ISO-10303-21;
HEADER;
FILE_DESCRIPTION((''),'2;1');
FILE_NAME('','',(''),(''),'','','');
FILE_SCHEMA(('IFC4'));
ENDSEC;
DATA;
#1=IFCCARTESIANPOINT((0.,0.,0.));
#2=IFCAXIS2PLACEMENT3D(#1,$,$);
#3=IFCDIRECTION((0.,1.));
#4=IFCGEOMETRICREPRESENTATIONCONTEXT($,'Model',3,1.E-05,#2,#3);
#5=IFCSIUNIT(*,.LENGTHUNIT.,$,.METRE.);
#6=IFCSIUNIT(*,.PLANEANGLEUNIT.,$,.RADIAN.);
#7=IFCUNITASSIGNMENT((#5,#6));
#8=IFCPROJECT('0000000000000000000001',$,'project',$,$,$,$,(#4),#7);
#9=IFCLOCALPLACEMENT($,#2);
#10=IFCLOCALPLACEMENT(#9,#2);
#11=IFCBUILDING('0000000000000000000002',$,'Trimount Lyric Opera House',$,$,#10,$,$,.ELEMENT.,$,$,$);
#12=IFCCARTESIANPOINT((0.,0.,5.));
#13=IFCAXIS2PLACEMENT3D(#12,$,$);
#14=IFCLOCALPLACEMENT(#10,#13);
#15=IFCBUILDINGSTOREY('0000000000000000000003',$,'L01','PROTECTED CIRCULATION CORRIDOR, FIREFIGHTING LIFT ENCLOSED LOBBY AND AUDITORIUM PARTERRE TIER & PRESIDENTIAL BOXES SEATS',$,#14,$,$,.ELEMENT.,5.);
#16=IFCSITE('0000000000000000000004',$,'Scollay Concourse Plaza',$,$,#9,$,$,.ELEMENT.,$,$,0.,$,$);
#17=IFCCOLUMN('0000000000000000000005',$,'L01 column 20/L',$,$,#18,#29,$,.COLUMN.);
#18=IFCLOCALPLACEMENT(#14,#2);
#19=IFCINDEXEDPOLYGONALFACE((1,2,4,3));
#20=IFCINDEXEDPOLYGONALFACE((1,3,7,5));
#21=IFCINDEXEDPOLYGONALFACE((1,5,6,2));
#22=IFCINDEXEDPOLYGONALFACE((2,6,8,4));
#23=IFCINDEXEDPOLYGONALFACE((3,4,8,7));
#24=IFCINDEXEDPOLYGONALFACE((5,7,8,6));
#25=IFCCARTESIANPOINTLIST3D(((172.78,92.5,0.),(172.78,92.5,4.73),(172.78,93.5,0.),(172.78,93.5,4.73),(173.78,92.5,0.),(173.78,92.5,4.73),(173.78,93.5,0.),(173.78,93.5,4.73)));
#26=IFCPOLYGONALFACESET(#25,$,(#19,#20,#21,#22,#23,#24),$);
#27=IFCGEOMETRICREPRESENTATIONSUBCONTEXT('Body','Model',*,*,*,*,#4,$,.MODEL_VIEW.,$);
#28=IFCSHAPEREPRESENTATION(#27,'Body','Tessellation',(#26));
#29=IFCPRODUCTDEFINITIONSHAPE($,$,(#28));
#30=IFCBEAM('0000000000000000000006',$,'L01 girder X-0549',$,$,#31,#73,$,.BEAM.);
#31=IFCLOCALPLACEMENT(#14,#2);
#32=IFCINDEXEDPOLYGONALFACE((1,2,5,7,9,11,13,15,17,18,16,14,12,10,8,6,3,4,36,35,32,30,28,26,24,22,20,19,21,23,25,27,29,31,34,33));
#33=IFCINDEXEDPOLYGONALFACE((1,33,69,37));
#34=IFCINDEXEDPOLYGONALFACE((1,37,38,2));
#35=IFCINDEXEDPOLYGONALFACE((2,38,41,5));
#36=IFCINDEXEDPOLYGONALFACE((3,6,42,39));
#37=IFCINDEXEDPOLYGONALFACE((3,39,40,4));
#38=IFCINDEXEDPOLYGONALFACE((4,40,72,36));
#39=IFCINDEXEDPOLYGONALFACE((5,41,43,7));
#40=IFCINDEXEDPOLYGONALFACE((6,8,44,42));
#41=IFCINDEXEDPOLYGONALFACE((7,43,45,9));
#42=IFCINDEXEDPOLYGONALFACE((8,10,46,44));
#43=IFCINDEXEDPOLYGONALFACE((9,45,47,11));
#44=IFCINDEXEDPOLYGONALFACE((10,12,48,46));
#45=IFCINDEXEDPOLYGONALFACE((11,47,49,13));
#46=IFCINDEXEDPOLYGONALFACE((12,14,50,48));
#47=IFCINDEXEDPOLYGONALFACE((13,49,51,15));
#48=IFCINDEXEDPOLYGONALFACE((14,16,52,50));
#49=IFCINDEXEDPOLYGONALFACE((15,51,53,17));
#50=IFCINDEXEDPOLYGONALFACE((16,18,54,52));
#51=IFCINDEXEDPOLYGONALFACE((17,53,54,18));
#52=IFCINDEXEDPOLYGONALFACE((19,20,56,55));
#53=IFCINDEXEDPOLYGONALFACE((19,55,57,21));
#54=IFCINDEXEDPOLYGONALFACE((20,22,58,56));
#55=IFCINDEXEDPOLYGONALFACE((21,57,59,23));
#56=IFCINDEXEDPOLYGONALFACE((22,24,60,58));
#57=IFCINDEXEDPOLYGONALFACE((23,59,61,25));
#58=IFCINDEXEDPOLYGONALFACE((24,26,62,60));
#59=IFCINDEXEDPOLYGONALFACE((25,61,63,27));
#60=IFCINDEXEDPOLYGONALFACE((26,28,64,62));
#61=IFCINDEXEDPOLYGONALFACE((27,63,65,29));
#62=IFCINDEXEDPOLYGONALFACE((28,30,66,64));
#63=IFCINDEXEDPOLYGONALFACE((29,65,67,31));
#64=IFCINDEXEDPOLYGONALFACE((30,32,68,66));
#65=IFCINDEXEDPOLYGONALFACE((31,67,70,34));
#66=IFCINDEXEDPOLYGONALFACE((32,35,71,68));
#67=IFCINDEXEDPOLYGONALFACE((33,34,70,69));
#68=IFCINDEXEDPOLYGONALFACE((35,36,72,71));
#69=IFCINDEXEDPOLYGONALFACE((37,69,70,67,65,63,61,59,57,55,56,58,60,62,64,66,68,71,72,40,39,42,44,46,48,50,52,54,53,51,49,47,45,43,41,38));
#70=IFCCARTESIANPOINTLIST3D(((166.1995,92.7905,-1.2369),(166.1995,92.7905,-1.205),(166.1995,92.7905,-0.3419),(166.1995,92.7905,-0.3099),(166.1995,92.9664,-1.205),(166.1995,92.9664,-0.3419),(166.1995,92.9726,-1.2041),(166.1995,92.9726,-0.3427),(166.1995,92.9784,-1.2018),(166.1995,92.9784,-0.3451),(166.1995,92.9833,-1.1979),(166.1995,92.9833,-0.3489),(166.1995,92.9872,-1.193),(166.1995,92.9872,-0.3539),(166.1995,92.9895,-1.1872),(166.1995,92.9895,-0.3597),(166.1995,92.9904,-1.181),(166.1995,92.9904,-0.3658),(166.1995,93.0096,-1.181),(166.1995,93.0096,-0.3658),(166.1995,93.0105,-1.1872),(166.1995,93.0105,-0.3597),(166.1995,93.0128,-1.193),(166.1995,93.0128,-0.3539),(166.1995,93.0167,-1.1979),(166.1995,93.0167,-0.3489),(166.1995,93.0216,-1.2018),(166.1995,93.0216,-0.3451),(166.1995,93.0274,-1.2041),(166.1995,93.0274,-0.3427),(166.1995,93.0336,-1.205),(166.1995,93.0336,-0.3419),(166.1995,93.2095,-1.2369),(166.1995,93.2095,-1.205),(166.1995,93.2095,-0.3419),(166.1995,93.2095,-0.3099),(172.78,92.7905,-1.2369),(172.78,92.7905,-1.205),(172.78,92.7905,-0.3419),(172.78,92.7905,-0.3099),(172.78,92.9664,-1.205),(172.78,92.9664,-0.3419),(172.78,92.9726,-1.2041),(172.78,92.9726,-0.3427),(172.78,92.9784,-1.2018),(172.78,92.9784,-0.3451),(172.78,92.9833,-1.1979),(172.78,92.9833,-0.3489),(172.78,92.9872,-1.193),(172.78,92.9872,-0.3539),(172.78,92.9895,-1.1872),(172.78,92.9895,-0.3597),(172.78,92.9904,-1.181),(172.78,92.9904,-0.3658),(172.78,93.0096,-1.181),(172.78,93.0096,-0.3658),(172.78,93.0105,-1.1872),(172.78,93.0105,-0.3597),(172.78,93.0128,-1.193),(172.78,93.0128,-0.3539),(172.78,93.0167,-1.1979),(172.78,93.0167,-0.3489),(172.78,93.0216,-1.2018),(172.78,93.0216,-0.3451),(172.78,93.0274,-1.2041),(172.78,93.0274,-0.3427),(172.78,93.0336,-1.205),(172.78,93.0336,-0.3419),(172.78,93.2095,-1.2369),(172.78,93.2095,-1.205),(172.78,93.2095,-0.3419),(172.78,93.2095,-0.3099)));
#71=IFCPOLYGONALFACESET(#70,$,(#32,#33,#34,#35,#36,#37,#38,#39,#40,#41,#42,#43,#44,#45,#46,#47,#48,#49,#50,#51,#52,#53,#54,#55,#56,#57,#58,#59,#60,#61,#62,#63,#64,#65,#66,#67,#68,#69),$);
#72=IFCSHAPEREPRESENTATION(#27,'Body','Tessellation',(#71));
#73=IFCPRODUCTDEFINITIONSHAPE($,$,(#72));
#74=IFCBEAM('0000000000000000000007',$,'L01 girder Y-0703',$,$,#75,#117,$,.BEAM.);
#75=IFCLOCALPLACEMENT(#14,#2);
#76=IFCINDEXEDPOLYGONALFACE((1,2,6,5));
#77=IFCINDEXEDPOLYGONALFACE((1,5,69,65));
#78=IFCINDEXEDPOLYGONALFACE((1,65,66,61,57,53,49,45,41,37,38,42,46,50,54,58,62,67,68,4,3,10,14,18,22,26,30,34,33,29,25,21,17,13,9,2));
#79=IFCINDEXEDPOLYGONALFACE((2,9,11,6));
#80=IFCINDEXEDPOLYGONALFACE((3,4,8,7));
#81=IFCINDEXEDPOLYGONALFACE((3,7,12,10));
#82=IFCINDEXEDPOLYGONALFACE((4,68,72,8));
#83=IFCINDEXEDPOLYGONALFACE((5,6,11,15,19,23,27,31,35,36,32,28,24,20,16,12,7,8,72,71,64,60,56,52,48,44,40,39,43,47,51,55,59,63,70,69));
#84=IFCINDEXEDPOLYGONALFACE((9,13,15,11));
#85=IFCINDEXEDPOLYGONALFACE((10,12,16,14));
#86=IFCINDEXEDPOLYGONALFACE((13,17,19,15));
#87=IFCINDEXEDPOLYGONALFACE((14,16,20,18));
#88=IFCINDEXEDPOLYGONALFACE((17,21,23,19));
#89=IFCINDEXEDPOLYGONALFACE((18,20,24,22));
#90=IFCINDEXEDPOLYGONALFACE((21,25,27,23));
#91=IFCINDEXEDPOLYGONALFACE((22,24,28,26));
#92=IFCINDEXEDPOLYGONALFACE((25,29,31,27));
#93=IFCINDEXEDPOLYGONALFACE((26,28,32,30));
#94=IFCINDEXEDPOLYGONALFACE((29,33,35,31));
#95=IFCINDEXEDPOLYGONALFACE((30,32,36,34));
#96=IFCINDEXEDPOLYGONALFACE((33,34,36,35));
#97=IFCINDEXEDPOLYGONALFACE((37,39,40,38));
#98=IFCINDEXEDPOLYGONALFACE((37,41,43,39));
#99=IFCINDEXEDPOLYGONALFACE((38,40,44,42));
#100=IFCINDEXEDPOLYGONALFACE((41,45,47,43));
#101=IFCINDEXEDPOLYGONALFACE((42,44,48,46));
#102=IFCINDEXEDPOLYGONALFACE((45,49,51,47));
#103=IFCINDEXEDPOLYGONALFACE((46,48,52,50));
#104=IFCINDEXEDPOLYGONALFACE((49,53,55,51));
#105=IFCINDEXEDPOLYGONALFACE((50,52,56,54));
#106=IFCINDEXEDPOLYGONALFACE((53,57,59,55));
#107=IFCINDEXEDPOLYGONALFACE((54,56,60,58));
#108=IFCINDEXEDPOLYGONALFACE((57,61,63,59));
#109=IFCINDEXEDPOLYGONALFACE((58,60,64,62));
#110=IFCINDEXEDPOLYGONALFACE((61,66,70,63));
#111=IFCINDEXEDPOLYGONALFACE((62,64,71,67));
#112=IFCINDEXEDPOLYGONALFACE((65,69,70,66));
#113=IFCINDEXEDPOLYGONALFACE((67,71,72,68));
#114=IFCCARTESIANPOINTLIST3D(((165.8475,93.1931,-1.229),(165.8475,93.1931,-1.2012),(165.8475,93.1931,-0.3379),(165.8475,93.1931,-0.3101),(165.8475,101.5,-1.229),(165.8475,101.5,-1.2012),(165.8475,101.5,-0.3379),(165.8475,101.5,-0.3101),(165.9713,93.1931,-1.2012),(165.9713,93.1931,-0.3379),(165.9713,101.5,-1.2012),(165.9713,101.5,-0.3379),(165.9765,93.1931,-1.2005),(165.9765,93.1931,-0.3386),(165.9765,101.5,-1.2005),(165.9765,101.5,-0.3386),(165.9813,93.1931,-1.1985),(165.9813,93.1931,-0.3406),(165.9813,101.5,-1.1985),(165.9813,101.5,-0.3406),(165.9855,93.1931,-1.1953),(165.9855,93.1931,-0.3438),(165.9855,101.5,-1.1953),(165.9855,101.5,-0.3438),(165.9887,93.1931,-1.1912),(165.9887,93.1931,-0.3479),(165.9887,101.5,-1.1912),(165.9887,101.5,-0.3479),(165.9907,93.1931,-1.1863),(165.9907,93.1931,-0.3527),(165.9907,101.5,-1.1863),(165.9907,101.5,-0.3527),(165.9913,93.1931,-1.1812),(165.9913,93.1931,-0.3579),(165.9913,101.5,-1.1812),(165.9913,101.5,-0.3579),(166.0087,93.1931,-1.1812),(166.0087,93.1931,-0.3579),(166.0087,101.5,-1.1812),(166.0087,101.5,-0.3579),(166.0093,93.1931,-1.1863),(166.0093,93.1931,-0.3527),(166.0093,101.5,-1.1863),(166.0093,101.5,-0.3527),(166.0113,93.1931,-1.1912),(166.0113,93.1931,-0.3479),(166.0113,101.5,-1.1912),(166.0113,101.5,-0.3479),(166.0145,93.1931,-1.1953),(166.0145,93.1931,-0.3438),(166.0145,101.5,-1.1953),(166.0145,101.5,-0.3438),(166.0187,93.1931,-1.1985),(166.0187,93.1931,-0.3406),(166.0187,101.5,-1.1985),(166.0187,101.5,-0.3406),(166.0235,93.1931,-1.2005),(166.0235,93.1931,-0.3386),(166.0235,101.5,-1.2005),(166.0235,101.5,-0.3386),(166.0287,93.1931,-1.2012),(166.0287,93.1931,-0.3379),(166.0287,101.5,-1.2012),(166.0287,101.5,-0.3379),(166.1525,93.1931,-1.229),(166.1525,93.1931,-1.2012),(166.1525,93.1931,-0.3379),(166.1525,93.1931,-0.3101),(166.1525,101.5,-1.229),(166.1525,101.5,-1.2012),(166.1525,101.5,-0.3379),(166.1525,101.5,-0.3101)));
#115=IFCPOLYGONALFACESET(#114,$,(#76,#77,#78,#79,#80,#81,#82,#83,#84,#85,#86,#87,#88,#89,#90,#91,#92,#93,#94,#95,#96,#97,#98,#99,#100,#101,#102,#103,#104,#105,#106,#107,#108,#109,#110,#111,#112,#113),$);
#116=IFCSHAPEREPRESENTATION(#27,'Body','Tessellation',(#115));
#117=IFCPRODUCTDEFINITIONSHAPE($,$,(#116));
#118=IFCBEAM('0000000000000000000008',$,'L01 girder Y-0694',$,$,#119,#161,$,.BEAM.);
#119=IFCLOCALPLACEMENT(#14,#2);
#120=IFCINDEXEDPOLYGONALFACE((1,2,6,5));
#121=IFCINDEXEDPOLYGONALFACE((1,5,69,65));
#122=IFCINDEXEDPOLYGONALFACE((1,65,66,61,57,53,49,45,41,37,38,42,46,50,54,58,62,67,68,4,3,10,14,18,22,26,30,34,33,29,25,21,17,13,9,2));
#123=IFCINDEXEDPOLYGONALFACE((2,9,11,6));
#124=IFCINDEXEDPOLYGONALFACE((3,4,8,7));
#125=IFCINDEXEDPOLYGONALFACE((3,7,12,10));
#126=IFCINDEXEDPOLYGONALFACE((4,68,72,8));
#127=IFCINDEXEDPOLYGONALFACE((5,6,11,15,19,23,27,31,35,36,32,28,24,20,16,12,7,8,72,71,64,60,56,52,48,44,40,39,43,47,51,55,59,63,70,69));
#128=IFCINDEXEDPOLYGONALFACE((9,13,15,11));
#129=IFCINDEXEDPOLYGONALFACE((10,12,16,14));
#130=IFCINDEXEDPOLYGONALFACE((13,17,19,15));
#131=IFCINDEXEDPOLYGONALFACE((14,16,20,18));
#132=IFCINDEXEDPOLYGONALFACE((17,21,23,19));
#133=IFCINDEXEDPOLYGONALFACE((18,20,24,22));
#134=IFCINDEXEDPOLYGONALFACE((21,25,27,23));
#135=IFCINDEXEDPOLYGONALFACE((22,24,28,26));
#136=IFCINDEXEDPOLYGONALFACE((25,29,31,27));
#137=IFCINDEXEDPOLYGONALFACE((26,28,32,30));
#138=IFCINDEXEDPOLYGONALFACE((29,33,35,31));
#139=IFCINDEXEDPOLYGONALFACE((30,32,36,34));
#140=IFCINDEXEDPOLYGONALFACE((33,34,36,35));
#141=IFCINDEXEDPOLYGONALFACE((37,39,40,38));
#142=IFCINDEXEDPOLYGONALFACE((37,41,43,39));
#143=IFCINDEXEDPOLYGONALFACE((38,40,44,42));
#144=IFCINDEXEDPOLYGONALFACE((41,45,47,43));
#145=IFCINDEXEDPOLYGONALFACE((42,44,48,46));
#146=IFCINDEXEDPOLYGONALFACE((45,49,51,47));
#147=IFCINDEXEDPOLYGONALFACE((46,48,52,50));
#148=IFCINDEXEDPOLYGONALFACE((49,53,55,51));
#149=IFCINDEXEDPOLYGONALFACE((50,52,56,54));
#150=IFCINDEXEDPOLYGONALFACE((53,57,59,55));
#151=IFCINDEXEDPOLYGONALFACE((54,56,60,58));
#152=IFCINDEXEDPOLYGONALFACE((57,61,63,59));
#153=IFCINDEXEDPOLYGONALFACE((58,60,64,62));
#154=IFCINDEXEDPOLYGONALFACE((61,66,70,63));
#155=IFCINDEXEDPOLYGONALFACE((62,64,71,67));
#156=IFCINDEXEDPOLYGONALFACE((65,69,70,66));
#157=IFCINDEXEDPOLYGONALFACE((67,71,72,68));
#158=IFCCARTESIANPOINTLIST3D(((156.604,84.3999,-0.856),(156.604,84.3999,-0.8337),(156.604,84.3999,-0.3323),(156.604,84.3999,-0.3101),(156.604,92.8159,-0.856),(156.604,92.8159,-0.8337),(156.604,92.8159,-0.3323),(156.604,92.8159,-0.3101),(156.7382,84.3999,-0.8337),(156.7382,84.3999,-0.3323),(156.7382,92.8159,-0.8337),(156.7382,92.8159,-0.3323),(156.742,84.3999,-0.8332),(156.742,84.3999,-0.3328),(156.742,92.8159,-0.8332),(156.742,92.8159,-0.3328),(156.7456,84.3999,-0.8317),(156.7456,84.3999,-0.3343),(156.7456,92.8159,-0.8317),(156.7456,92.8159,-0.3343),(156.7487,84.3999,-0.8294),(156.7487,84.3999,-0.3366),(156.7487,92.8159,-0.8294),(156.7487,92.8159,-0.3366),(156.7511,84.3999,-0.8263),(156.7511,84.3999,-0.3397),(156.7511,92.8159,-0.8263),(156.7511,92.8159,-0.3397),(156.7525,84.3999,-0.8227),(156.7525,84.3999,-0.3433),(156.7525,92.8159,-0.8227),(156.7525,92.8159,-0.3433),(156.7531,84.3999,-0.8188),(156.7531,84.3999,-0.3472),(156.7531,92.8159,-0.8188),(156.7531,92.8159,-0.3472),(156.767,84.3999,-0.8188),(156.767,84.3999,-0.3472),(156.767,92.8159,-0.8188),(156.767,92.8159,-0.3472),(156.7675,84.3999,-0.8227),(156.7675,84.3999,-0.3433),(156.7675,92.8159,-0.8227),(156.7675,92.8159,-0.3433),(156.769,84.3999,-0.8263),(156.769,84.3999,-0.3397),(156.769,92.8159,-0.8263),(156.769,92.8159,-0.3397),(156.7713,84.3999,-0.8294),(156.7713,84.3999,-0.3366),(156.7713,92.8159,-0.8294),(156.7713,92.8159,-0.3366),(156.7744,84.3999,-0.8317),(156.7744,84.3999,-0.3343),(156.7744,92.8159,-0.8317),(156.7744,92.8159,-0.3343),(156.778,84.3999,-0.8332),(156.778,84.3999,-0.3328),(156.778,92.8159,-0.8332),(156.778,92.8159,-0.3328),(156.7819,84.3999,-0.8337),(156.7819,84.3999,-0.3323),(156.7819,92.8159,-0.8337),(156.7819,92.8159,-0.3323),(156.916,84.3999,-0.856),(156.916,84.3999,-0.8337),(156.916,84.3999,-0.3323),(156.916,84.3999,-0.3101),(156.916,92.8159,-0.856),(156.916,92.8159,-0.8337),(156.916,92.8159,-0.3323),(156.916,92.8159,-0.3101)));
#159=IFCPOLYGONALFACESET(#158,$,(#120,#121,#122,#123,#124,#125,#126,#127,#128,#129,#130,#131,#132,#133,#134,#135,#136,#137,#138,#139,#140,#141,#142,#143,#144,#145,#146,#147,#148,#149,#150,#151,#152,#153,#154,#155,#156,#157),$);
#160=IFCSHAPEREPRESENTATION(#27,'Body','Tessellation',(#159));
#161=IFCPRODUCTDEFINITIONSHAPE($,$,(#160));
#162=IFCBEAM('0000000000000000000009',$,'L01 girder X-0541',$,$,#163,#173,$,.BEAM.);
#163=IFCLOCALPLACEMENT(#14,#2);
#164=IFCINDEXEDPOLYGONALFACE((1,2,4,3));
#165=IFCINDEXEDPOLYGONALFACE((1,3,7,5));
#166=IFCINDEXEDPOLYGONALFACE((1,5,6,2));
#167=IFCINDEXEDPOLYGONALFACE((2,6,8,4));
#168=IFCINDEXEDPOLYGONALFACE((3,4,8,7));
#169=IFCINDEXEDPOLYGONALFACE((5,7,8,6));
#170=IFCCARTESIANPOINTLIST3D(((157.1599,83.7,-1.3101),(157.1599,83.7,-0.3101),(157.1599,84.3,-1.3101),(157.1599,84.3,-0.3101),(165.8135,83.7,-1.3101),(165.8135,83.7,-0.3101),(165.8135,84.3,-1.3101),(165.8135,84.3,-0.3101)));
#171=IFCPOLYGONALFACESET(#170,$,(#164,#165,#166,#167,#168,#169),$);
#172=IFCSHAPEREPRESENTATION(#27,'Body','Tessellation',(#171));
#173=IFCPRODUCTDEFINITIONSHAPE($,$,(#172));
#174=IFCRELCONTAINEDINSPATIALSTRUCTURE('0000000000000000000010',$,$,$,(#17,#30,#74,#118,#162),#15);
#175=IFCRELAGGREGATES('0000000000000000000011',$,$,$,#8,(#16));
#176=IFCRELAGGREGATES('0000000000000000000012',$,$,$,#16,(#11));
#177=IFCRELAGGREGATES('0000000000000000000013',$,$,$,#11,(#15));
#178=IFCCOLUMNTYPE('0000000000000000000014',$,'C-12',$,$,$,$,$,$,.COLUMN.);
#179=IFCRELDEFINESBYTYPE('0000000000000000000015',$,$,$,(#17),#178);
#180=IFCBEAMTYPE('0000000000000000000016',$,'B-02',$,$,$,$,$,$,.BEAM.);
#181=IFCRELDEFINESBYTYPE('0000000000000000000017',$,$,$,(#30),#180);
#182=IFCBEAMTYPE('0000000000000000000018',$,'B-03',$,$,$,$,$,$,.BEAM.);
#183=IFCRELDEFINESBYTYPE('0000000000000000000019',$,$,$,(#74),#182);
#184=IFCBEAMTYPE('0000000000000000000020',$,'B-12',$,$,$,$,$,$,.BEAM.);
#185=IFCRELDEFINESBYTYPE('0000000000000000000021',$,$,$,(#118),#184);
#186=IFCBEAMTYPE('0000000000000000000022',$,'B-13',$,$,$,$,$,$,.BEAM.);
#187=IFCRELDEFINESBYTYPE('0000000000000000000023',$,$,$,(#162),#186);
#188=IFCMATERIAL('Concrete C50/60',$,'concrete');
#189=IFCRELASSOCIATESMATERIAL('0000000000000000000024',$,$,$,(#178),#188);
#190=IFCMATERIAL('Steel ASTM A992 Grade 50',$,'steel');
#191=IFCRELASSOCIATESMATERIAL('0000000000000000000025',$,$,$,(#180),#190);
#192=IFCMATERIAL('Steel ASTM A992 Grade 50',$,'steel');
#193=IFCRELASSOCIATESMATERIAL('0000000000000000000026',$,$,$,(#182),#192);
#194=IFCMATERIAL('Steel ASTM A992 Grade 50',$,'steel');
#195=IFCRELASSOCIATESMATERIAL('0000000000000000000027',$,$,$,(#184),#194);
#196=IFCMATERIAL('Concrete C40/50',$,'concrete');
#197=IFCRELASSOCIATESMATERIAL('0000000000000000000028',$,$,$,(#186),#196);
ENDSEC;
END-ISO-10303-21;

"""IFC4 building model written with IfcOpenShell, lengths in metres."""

from ifc_helpers import new_model, si_unit, direction, frame, origin, origin_2d, place, context, subcontext, project, spatial, rectangle, i_section, extrude, material, material_profile, profile_set, type_object, element, save


model = new_model("IFC4")

# Units and contexts
model_context = context("Model", 3, precision=1e-05, world=origin(), true_north=direction((0.0, 1.0)))
body_context = subcontext(model_context, "Body", "Model", "MODEL_VIEW")
ifc_project = project(units=[si_unit("LENGTHUNIT", "METRE"), si_unit("PLANEANGLEUNIT", "RADIAN")], contexts=[model_context])

# Site, building, storey
site_placement = place(None, origin())
site = spatial("IfcSite", under=ifc_project, at=site_placement, Name="Scollay Concourse Plaza", CompositionType="ELEMENT", RefElevation=0.0)
building_placement = place(site_placement, origin())
building = spatial("IfcBuilding", under=site, at=building_placement, Name="Trimount Lyric Opera House", CompositionType="ELEMENT")
storey_placement = place(building_placement, frame((0.0, 0.0, 5.0)))
storey = spatial("IfcBuildingStorey", under=building, at=storey_placement, Name="L01", Description="PROTECTED CIRCULATION CORRIDOR, FIREFIGHTING LIFT ENCLOSED LOBBY AND AUDITORIUM PARTERRE TIER & PRESIDENTIAL BOXES SEATS", CompositionType="ELEMENT", Elevation=5.0)

# Column
ifc_material_1 = material(Name="Concrete C50/60", Category="concrete")
ifc_material_profile_1 = material_profile(ifc_material_1, rectangle(XDim=1.0, YDim=1.0, at=origin_2d()), Name="RC1000X1000")
ifc_profile_set_1 = profile_set([ifc_material_profile_1], Name="Concrete C50/60")
column_type_1 = type_object("IfcColumnType", Name="C-12", PredefinedType="COLUMN", material=ifc_profile_set_1)
column_1_placement = place(storey_placement, frame((173.28, 93.0, 0.0), z_axis=(0.0, 0.0, 1.0), x_axis=(1.0, 0.0, 0.0)))
element("IfcColumn", 1, at=column_1_placement, inside=storey, type_object=column_type_1, Name="L01 column 20/L", PredefinedType="COLUMN", context=body_context, shape_type="SweptSolid", body=[
    extrude(rectangle(XDim=1.0, YDim=1.0, at=origin_2d()), origin(), (0.0, 0.0, 1.0), 4.73),
])

# Beams
ifc_material_2 = material(Name="Steel ASTM A992 Grade 50", Category="steel")
ifc_material_profile_2 = material_profile(ifc_material_2, i_section(OverallWidth=0.4189, OverallDepth=0.927, WebThickness=0.0193, FlangeThickness=0.032, FilletRadius=0.0239, at=origin_2d()), Name="W36X231")
ifc_profile_set_2 = profile_set([ifc_material_profile_2], Name="Steel ASTM A992 Grade 50")
beam_type_1 = type_object("IfcBeamType", Name="B-02", PredefinedType="BEAM", material=ifc_profile_set_2)
beam_1_placement = place(storey_placement, frame((166.1995, 93.0, -0.7734), z_axis=(1.0, 0.0, 0.0), x_axis=(0.0, 1.0, 0.0)))
element("IfcBeam", 2, at=beam_1_placement, inside=storey, type_object=beam_type_1, Name="L01 girder X-0549", PredefinedType="BEAM", context=body_context, shape_type="SweptSolid", body=[
    extrude(i_section(OverallWidth=0.4189, OverallDepth=0.927, WebThickness=0.0193, FlangeThickness=0.032, FilletRadius=0.0239, at=origin_2d()), origin(), (0.0, 0.0, 1.0), 6.5806),
])
ifc_material_3 = material(Name="Steel ASTM A992 Grade 50", Category="steel")
ifc_material_profile_3 = material_profile(ifc_material_3, i_section(OverallWidth=0.3049, OverallDepth=0.9189, WebThickness=0.0173, FlangeThickness=0.0278, FilletRadius=0.02, at=origin_2d()), Name="W36X170")
ifc_profile_set_3 = profile_set([ifc_material_profile_3], Name="Steel ASTM A992 Grade 50")
beam_type_2 = type_object("IfcBeamType", Name="B-03", PredefinedType="BEAM", material=ifc_profile_set_3)
beam_2_placement = place(storey_placement, frame((166.0, 93.1931, -0.7695), z_axis=(0.0, 1.0, 0.0), x_axis=(-1.0, 0.0, 0.0)))
element("IfcBeam", 3, at=beam_2_placement, inside=storey, type_object=beam_type_2, Name="L01 girder Y-0703", PredefinedType="BEAM", context=body_context, shape_type="SweptSolid", body=[
    extrude(i_section(OverallWidth=0.3049, OverallDepth=0.9189, WebThickness=0.0173, FlangeThickness=0.0278, FilletRadius=0.02, at=origin_2d()), origin(), (0.0, 0.0, 1.0), 8.3069),
])
ifc_material_4 = material(Name="Steel ASTM A992 Grade 50", Category="steel")
ifc_material_profile_4 = material_profile(ifc_material_4, i_section(OverallWidth=0.312, OverallDepth=0.5459, WebThickness=0.0139, FlangeThickness=0.0222, FilletRadius=0.0149, at=origin_2d()), Name="W21X111")
ifc_profile_set_4 = profile_set([ifc_material_profile_4], Name="Steel ASTM A992 Grade 50")
beam_type_3 = type_object("IfcBeamType", Name="B-12", PredefinedType="BEAM", material=ifc_profile_set_4)
beam_3_placement = place(storey_placement, frame((156.76, 84.3999, -0.583), z_axis=(0.0, 1.0, 0.0), x_axis=(-1.0, 0.0, 0.0)))
element("IfcBeam", 4, at=beam_3_placement, inside=storey, type_object=beam_type_3, Name="L01 girder Y-0694", PredefinedType="BEAM", context=body_context, shape_type="SweptSolid", body=[
    extrude(i_section(OverallWidth=0.312, OverallDepth=0.5459, WebThickness=0.0139, FlangeThickness=0.0222, FilletRadius=0.0149, at=origin_2d()), origin(), (0.0, 0.0, 1.0), 8.416),
])
ifc_material_5 = material(Name="Concrete C40/50", Category="concrete")
ifc_material_profile_5 = material_profile(ifc_material_5, rectangle(XDim=0.6001, YDim=1.0, at=origin_2d()), Name="RC600X1000")
ifc_profile_set_5 = profile_set([ifc_material_profile_5], Name="Concrete C40/50")
beam_type_4 = type_object("IfcBeamType", Name="B-13", PredefinedType="BEAM", material=ifc_profile_set_5)
beam_4_placement = place(storey_placement, frame((157.1599, 84.0, -0.8101), z_axis=(1.0, 0.0, 0.0), x_axis=(0.0, 1.0, 0.0)))
element("IfcBeam", 5, at=beam_4_placement, inside=storey, type_object=beam_type_4, Name="L01 girder X-0541", PredefinedType="BEAM", context=body_context, shape_type="SweptSolid", body=[
    extrude(rectangle(XDim=0.6001, YDim=1.0, at=origin_2d()), origin(), (0.0, 0.0, 1.0), 8.6536),
])

save(model, "model.ifc")
